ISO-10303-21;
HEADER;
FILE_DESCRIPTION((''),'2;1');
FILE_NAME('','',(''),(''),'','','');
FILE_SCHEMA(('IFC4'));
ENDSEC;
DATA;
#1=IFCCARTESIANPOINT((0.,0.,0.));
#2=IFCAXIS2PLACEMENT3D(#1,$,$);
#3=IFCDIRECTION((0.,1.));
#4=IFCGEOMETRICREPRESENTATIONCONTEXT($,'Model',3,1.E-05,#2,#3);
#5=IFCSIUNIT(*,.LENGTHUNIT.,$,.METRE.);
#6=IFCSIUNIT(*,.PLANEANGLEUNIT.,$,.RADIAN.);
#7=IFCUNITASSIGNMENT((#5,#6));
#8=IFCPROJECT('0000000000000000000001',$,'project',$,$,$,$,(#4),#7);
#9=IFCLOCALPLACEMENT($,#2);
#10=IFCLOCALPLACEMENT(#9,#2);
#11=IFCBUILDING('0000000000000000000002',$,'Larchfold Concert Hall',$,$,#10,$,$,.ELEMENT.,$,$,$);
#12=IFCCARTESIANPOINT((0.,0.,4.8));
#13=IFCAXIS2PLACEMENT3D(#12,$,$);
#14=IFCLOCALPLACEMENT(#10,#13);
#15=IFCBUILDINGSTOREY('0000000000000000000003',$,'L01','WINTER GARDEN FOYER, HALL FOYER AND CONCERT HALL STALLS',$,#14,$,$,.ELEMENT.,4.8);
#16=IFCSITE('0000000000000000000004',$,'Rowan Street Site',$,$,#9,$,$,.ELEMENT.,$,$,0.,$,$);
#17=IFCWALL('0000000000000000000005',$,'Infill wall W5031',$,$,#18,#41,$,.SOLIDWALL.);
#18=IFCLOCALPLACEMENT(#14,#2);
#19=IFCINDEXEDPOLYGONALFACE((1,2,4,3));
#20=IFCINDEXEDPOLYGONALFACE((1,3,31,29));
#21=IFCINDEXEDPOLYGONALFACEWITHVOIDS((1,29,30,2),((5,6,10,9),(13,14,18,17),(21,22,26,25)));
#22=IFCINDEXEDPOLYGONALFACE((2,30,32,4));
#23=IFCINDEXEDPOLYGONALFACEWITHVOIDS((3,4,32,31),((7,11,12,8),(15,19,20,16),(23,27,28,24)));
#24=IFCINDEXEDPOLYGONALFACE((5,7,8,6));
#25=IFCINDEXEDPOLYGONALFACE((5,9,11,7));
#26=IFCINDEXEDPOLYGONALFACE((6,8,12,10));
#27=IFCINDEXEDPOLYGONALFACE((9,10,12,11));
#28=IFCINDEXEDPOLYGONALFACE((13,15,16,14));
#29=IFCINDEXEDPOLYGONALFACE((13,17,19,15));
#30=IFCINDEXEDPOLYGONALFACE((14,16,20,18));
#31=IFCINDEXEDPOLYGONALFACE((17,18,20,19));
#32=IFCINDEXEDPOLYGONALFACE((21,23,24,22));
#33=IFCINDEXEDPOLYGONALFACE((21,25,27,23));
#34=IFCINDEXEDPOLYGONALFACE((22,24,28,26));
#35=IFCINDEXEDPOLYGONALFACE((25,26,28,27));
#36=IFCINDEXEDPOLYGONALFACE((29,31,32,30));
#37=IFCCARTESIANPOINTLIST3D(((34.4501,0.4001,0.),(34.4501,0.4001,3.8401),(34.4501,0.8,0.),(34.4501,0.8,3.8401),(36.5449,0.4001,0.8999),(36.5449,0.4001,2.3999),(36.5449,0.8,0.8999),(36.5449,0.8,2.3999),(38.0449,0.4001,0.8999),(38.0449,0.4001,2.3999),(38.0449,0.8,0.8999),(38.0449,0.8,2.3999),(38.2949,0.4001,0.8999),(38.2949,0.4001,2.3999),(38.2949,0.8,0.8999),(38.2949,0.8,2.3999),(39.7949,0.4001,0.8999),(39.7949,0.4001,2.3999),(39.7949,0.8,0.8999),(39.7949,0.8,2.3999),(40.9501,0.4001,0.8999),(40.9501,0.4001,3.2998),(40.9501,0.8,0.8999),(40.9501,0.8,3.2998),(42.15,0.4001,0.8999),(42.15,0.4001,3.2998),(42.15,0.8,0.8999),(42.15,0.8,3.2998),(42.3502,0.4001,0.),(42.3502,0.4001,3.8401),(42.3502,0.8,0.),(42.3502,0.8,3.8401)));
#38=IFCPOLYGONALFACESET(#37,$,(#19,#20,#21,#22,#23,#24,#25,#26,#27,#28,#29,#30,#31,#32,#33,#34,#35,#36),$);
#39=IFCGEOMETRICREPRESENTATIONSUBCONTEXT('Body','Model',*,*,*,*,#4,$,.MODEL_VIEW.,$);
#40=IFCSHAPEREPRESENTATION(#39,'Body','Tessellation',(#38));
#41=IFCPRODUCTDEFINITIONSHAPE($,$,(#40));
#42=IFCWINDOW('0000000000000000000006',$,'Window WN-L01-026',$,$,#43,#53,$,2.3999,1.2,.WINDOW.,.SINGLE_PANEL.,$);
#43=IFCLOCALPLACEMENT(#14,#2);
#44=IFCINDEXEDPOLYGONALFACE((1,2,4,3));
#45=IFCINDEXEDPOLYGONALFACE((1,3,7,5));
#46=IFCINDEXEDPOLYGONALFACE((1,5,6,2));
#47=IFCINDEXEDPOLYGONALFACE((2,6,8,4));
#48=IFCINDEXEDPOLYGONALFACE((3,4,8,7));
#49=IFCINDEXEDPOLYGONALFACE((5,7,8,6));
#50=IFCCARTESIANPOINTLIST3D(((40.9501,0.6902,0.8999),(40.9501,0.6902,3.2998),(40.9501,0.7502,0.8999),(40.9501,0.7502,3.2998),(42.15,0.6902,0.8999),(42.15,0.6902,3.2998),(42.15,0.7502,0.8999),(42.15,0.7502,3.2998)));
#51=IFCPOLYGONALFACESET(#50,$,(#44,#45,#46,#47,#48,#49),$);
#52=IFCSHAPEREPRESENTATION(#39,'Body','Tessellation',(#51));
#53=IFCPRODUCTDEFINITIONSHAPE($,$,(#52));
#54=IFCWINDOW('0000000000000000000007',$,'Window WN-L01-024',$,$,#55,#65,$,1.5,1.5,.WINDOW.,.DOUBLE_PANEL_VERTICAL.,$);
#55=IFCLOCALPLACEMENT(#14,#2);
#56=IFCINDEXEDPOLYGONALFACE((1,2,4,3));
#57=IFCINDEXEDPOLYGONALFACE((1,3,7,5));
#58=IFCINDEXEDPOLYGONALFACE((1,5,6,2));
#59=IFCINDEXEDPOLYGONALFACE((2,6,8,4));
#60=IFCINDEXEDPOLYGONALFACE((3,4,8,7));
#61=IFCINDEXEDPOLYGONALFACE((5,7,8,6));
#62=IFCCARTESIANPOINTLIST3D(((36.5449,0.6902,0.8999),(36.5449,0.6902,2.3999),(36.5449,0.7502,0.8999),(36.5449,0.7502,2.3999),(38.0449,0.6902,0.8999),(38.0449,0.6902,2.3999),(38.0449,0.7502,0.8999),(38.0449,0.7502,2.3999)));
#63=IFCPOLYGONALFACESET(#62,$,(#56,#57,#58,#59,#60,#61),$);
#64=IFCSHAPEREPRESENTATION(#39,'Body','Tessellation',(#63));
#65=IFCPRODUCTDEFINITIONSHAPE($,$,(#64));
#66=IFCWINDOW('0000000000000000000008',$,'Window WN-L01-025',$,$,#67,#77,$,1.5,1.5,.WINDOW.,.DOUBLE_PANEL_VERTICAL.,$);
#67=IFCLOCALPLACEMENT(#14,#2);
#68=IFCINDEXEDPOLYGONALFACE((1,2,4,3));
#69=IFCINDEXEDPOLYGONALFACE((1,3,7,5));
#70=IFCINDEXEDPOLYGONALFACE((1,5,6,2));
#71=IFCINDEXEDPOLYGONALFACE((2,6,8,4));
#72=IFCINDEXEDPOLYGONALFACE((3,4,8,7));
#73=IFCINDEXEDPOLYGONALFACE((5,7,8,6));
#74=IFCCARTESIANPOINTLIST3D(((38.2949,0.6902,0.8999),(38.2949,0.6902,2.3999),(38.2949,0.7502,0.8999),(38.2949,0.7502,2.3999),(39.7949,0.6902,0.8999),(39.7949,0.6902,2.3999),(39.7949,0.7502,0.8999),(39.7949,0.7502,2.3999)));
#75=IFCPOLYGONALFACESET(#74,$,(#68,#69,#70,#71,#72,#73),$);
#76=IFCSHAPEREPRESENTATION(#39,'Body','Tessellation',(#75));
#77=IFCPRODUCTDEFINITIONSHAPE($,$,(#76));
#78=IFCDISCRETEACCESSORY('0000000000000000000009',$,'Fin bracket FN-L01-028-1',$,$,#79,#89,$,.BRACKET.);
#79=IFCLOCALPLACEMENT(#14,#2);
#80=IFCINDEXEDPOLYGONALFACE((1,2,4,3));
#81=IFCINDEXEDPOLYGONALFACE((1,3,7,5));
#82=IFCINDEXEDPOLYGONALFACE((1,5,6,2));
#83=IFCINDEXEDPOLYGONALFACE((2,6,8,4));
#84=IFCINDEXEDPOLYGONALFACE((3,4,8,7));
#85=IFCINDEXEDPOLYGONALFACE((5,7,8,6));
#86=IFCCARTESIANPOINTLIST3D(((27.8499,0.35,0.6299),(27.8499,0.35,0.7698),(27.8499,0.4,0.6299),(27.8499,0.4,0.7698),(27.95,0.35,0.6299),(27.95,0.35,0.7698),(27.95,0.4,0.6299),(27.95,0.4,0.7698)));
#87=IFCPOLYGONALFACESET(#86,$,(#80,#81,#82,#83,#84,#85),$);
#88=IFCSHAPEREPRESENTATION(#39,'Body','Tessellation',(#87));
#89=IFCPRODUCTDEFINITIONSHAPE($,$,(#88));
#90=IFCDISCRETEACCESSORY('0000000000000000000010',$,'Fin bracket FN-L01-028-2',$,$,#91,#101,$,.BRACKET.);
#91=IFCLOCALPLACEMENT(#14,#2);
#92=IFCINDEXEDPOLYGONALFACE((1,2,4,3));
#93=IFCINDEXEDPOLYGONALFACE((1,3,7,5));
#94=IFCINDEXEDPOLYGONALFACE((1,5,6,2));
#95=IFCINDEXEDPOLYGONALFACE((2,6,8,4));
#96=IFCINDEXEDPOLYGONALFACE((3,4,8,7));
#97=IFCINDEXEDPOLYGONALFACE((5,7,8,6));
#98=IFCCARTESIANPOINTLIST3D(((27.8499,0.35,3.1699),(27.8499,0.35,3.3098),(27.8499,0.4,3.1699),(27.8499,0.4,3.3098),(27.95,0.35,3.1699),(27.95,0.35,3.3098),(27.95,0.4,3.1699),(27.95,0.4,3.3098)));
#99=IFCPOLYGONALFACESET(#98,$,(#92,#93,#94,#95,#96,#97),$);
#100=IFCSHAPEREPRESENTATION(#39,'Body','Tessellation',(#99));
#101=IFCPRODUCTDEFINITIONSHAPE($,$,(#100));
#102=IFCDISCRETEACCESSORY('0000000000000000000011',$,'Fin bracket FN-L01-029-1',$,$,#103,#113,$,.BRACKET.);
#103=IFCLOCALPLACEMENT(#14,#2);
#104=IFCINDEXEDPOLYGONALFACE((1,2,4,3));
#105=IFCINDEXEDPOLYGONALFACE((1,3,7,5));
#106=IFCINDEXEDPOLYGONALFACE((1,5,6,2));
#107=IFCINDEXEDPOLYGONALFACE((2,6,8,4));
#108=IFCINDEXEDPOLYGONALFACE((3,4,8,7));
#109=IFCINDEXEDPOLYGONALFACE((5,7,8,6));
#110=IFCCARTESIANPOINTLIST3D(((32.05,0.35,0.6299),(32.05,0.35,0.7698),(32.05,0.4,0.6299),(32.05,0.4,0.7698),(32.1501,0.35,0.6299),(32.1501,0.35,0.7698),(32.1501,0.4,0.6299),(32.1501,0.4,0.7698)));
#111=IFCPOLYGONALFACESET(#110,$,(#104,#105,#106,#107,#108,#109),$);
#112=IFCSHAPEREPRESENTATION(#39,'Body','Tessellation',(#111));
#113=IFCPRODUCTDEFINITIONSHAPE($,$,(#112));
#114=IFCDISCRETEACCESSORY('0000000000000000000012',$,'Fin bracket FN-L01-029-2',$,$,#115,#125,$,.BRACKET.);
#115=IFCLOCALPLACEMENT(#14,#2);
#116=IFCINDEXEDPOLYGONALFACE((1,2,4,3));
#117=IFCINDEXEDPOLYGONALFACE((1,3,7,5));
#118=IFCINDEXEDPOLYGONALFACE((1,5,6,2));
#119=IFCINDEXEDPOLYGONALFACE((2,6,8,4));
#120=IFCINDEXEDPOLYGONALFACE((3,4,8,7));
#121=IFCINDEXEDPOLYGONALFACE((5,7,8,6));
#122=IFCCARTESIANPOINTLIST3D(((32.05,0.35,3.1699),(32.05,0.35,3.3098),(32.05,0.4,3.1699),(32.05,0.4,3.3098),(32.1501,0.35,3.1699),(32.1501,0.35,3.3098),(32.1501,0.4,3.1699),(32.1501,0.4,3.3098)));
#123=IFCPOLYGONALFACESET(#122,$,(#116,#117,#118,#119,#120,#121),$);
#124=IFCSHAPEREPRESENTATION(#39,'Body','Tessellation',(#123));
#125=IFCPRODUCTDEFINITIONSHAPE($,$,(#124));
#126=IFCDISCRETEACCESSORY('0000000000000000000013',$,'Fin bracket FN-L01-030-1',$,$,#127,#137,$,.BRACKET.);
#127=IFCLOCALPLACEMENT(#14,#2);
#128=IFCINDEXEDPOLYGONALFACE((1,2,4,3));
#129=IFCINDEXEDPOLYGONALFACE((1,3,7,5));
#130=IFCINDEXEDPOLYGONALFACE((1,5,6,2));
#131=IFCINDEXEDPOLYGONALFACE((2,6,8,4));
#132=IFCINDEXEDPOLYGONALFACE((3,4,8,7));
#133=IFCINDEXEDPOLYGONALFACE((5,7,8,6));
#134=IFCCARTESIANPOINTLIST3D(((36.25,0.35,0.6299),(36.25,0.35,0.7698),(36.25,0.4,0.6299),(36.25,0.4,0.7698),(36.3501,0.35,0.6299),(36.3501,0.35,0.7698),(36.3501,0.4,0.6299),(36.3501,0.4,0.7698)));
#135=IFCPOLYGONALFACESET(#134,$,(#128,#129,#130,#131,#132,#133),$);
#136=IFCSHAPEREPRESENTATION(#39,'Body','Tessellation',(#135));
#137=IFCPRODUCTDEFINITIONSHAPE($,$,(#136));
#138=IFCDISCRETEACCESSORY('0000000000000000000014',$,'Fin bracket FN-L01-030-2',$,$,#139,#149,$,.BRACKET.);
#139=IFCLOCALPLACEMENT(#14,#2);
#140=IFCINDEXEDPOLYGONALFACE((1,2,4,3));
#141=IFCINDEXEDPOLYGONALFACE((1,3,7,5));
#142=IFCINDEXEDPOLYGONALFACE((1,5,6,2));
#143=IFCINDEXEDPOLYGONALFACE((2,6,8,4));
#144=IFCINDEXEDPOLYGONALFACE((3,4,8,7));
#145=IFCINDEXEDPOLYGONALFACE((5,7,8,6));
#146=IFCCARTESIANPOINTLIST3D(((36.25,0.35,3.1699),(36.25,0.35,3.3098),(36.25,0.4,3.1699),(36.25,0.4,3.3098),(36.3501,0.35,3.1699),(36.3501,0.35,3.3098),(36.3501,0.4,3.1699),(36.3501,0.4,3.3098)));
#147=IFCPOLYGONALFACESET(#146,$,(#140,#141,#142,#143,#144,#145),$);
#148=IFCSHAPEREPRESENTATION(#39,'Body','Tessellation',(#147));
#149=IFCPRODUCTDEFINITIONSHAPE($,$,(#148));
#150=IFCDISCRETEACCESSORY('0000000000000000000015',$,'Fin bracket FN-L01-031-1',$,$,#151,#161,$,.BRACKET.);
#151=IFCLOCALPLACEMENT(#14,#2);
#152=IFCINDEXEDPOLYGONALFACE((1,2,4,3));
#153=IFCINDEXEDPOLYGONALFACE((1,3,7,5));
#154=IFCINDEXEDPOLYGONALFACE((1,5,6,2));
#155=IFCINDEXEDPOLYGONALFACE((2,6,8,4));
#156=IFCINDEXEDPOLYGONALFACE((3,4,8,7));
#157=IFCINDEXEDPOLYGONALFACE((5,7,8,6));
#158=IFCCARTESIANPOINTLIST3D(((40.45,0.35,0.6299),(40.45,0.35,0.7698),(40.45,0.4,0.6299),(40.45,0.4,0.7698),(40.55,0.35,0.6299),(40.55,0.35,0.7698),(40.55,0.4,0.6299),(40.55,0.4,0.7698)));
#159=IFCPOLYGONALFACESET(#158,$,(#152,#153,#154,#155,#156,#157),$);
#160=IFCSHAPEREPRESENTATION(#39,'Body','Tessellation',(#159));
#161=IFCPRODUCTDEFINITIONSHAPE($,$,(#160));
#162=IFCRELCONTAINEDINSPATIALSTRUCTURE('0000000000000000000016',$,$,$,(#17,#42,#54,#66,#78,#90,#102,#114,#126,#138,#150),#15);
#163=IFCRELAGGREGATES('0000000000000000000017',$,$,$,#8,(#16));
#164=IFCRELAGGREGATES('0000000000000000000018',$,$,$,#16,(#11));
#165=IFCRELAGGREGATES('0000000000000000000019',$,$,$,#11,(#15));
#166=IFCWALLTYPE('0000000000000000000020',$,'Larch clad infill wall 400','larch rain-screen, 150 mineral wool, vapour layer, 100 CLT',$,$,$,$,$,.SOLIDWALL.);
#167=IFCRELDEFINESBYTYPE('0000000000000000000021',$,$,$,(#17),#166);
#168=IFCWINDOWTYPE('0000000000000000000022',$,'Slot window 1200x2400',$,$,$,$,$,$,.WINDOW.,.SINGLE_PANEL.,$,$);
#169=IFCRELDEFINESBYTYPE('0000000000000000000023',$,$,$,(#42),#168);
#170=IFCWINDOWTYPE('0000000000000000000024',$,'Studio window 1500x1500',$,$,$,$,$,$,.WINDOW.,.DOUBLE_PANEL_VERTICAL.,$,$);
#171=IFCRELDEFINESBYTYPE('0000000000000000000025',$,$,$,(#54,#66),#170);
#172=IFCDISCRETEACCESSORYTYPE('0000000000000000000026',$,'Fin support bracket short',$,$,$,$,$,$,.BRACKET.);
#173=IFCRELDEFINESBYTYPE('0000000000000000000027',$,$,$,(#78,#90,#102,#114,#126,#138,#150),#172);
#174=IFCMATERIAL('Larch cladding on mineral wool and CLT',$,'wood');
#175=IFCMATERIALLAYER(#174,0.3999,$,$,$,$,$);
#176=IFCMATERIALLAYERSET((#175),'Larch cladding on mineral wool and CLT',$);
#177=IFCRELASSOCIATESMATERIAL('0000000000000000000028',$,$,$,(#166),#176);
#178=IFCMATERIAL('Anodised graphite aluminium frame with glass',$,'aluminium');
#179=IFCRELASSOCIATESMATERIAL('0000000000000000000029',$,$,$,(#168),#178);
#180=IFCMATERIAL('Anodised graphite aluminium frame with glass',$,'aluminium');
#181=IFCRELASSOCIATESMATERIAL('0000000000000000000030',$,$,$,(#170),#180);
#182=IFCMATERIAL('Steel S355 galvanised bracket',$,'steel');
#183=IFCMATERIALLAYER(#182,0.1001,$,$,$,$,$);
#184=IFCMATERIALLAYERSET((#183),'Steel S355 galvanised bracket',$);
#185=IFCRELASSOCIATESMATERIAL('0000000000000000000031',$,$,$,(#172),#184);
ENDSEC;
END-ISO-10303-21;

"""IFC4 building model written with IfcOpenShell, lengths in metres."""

from ifc_helpers import new_model, si_unit, direction, frame, frame_2d, origin, origin_2d, place, context, subcontext, project, spatial, rectangle, extrude, material, layer, layer_set, type_object, element, fill, save


model = new_model("IFC4")

# Units and contexts
model_context = context("Model", 3, precision=1e-05, world=origin(), true_north=direction((0.0, 1.0)))
body_context = subcontext(model_context, "Body", "Model", "MODEL_VIEW")
ifc_project = project(units=[si_unit("LENGTHUNIT", "METRE"), si_unit("PLANEANGLEUNIT", "RADIAN")], contexts=[model_context])

# Site, building, storey
site_placement = place(None, origin())
site = spatial("IfcSite", under=ifc_project, at=site_placement, Name="Rowan Street Site", CompositionType="ELEMENT", RefElevation=0.0)
building_placement = place(site_placement, origin())
building = spatial("IfcBuilding", under=site, at=building_placement, Name="Larchfold Concert Hall", CompositionType="ELEMENT")
storey_placement = place(building_placement, frame((0.0, 0.0, 4.8)))
storey = spatial("IfcBuildingStorey", under=building, at=storey_placement, Name="L01", Description="WINTER GARDEN FOYER, HALL FOYER AND CONCERT HALL STALLS", CompositionType="ELEMENT", Elevation=4.8)

# Wall, openings, windows
ifc_material_1 = material(Name="Larch cladding on mineral wool and CLT", Category="wood")
ifc_layer_1 = layer(ifc_material_1, 0.3999)
ifc_layer_set_1 = layer_set([ifc_layer_1], Name="Larch cladding on mineral wool and CLT")
wall_type_1 = type_object("IfcWallType", Name="Larch clad infill wall 400", Description="larch rain-screen, 150 mineral wool, vapour layer, 100 CLT", PredefinedType="SOLIDWALL", material=ifc_layer_set_1)
wall_1_placement = place(storey_placement, frame((34.45, 0.6001, 0.0), z_axis=(0.0, 0.0, 1.0), x_axis=(1.0, 0.0, 0.0)))
wall_1 = element("IfcWall", 1, at=wall_1_placement, inside=storey, type_object=wall_type_1, Name="Infill wall W5031", PredefinedType="SOLIDWALL", context=body_context, shape_type="SweptSolid", body=[
    extrude(rectangle(XDim=7.9001, YDim=0.3999, at=frame_2d((3.9502, 0.0))), origin(), (0.0, 0.0, 1.0), 3.8401),
])
opening_1_placement = place(wall_1_placement, frame((2.095, 0.0, 0.8999)))
opening_1 = element("IfcOpeningElement", 2, at=opening_1_placement, cuts=wall_1, PredefinedType="OPENING", context=body_context, shape_type="SweptSolid", body=[
    extrude(rectangle(XDim=1.5, YDim=1.5, at=frame_2d((0.75, 0.75))), frame((0.0, 0.21, 0.0), z_axis=(0.0, -1.0, 0.0), x_axis=(1.0, 0.0, 0.0)), (0.0, 0.0, 1.0), 0.4199),
])
opening_2_placement = place(wall_1_placement, frame((3.845, 0.0, 0.8999)))
opening_2 = element("IfcOpeningElement", 3, at=opening_2_placement, cuts=wall_1, PredefinedType="OPENING", context=body_context, shape_type="SweptSolid", body=[
    extrude(rectangle(XDim=1.5, YDim=1.5, at=frame_2d((0.75, 0.75))), frame((0.0, 0.21, 0.0), z_axis=(0.0, -1.0, 0.0), x_axis=(1.0, 0.0, 0.0)), (0.0, 0.0, 1.0), 0.4199),
])
opening_3_placement = place(wall_1_placement, frame((6.5, 0.0, 0.8999)))
opening_3 = element("IfcOpeningElement", 4, at=opening_3_placement, cuts=wall_1, PredefinedType="OPENING", context=body_context, shape_type="SweptSolid", body=[
    extrude(rectangle(XDim=1.2, YDim=2.3999, at=frame_2d((0.6001, 1.2))), frame((0.0, 0.21, 0.0), z_axis=(0.0, -1.0, 0.0), x_axis=(1.0, 0.0, 0.0)), (0.0, 0.0, 1.0), 0.4199),
])
ifc_material_2 = material(Name="Anodised graphite aluminium frame with glass", Category="aluminium")
window_type_1 = type_object("IfcWindowType", Name="Slot window 1200x2400", PartitioningType="SINGLE_PANEL", PredefinedType="WINDOW", material=ifc_material_2)
window_1_placement = place(opening_3_placement, origin())
window_1 = element("IfcWindow", 5, at=window_1_placement, inside=storey, type_object=window_type_1, Name="Window WN-L01-026", OverallHeight=2.3999, OverallWidth=1.2, PartitioningType="SINGLE_PANEL", PredefinedType="WINDOW", context=body_context, shape_type="SweptSolid", body=[
    extrude(rectangle(XDim=1.2, YDim=2.3999, at=frame_2d((0.6001, 1.2))), frame((0.0, 0.1501, 0.0), z_axis=(0.0, -1.0, 0.0), x_axis=(1.0, 0.0, 0.0)), (0.0, 0.0, 1.0), 0.0601),
])
fill(opening_3, window_1)
ifc_material_3 = material(Name="Anodised graphite aluminium frame with glass", Category="aluminium")
window_type_2 = type_object("IfcWindowType", Name="Studio window 1500x1500", PartitioningType="DOUBLE_PANEL_VERTICAL", PredefinedType="WINDOW", material=ifc_material_3)
window_2_placement = place(opening_1_placement, origin())
window_2 = element("IfcWindow", 6, at=window_2_placement, inside=storey, type_object=window_type_2, Name="Window WN-L01-024", OverallHeight=1.5, OverallWidth=1.5, PartitioningType="DOUBLE_PANEL_VERTICAL", PredefinedType="WINDOW", context=body_context, shape_type="SweptSolid", body=[
    extrude(rectangle(XDim=1.5, YDim=1.5, at=frame_2d((0.75, 0.75))), frame((0.0, 0.1501, 0.0), z_axis=(0.0, -1.0, 0.0), x_axis=(1.0, 0.0, 0.0)), (0.0, 0.0, 1.0), 0.0601),
])
fill(opening_1, window_2)
window_3_placement = place(opening_2_placement, origin())
window_3 = element("IfcWindow", 7, at=window_3_placement, inside=storey, type_object=window_type_2, Name="Window WN-L01-025", OverallHeight=1.5, OverallWidth=1.5, PartitioningType="DOUBLE_PANEL_VERTICAL", PredefinedType="WINDOW", context=body_context, shape_type="SweptSolid", body=[
    extrude(rectangle(XDim=1.5, YDim=1.5, at=frame_2d((0.75, 0.75))), frame((0.0, 0.1501, 0.0), z_axis=(0.0, -1.0, 0.0), x_axis=(1.0, 0.0, 0.0)), (0.0, 0.0, 1.0), 0.0601),
])
fill(opening_2, window_3)

# Discrete accessories
ifc_material_4 = material(Name="Steel S355 galvanised bracket", Category="steel")
ifc_layer_2 = layer(ifc_material_4, 0.1001)
ifc_layer_set_2 = layer_set([ifc_layer_2], Name="Steel S355 galvanised bracket")
discrete_accessory_type = type_object("IfcDiscreteAccessoryType", Name="Fin support bracket short", PredefinedType="BRACKET", material=ifc_layer_set_2)
for number, where, z_axis, x_axis, name in (
    (8, (27.8999, 0.375, 0.6299), (0.0, 0.0, 1.0), (0.0, -1.0, 0.0), "Fin bracket FN-L01-028-1"),
    (9, (27.8999, 0.375, 3.1699), (0.0, 0.0, 1.0), (0.0, -1.0, 0.0), "Fin bracket FN-L01-028-2"),
    (10, (32.1001, 0.375, 0.6299), (0.0, 0.0, 1.0), (0.0, -1.0, 0.0), "Fin bracket FN-L01-029-1"),
    (11, (32.1001, 0.375, 3.1699), (0.0, 0.0, 1.0), (0.0, -1.0, 0.0), "Fin bracket FN-L01-029-2"),
    (12, (36.3, 0.375, 0.6299), (0.0, 0.0, 1.0), (0.0, -1.0, 0.0), "Fin bracket FN-L01-030-1"),
    (13, (36.3, 0.375, 3.1699), (0.0, 0.0, 1.0), (0.0, -1.0, 0.0), "Fin bracket FN-L01-030-2"),
    (14, (40.5, 0.375, 0.6299), (0.0, 0.0, 1.0), (0.0, -1.0, 0.0), "Fin bracket FN-L01-031-1"),
):
    element("IfcDiscreteAccessory", number, at=place(storey_placement, frame(where, z_axis=z_axis, x_axis=x_axis)), inside=storey, type_object=discrete_accessory_type, Name=name, PredefinedType="BRACKET", context=body_context, shape_type="SweptSolid", body=[
        extrude(rectangle(XDim=0.05, YDim=0.1001, at=origin_2d()), origin(), (0.0, 0.0, 1.0), 0.1399),
    ])

save(model, "model.ifc")
